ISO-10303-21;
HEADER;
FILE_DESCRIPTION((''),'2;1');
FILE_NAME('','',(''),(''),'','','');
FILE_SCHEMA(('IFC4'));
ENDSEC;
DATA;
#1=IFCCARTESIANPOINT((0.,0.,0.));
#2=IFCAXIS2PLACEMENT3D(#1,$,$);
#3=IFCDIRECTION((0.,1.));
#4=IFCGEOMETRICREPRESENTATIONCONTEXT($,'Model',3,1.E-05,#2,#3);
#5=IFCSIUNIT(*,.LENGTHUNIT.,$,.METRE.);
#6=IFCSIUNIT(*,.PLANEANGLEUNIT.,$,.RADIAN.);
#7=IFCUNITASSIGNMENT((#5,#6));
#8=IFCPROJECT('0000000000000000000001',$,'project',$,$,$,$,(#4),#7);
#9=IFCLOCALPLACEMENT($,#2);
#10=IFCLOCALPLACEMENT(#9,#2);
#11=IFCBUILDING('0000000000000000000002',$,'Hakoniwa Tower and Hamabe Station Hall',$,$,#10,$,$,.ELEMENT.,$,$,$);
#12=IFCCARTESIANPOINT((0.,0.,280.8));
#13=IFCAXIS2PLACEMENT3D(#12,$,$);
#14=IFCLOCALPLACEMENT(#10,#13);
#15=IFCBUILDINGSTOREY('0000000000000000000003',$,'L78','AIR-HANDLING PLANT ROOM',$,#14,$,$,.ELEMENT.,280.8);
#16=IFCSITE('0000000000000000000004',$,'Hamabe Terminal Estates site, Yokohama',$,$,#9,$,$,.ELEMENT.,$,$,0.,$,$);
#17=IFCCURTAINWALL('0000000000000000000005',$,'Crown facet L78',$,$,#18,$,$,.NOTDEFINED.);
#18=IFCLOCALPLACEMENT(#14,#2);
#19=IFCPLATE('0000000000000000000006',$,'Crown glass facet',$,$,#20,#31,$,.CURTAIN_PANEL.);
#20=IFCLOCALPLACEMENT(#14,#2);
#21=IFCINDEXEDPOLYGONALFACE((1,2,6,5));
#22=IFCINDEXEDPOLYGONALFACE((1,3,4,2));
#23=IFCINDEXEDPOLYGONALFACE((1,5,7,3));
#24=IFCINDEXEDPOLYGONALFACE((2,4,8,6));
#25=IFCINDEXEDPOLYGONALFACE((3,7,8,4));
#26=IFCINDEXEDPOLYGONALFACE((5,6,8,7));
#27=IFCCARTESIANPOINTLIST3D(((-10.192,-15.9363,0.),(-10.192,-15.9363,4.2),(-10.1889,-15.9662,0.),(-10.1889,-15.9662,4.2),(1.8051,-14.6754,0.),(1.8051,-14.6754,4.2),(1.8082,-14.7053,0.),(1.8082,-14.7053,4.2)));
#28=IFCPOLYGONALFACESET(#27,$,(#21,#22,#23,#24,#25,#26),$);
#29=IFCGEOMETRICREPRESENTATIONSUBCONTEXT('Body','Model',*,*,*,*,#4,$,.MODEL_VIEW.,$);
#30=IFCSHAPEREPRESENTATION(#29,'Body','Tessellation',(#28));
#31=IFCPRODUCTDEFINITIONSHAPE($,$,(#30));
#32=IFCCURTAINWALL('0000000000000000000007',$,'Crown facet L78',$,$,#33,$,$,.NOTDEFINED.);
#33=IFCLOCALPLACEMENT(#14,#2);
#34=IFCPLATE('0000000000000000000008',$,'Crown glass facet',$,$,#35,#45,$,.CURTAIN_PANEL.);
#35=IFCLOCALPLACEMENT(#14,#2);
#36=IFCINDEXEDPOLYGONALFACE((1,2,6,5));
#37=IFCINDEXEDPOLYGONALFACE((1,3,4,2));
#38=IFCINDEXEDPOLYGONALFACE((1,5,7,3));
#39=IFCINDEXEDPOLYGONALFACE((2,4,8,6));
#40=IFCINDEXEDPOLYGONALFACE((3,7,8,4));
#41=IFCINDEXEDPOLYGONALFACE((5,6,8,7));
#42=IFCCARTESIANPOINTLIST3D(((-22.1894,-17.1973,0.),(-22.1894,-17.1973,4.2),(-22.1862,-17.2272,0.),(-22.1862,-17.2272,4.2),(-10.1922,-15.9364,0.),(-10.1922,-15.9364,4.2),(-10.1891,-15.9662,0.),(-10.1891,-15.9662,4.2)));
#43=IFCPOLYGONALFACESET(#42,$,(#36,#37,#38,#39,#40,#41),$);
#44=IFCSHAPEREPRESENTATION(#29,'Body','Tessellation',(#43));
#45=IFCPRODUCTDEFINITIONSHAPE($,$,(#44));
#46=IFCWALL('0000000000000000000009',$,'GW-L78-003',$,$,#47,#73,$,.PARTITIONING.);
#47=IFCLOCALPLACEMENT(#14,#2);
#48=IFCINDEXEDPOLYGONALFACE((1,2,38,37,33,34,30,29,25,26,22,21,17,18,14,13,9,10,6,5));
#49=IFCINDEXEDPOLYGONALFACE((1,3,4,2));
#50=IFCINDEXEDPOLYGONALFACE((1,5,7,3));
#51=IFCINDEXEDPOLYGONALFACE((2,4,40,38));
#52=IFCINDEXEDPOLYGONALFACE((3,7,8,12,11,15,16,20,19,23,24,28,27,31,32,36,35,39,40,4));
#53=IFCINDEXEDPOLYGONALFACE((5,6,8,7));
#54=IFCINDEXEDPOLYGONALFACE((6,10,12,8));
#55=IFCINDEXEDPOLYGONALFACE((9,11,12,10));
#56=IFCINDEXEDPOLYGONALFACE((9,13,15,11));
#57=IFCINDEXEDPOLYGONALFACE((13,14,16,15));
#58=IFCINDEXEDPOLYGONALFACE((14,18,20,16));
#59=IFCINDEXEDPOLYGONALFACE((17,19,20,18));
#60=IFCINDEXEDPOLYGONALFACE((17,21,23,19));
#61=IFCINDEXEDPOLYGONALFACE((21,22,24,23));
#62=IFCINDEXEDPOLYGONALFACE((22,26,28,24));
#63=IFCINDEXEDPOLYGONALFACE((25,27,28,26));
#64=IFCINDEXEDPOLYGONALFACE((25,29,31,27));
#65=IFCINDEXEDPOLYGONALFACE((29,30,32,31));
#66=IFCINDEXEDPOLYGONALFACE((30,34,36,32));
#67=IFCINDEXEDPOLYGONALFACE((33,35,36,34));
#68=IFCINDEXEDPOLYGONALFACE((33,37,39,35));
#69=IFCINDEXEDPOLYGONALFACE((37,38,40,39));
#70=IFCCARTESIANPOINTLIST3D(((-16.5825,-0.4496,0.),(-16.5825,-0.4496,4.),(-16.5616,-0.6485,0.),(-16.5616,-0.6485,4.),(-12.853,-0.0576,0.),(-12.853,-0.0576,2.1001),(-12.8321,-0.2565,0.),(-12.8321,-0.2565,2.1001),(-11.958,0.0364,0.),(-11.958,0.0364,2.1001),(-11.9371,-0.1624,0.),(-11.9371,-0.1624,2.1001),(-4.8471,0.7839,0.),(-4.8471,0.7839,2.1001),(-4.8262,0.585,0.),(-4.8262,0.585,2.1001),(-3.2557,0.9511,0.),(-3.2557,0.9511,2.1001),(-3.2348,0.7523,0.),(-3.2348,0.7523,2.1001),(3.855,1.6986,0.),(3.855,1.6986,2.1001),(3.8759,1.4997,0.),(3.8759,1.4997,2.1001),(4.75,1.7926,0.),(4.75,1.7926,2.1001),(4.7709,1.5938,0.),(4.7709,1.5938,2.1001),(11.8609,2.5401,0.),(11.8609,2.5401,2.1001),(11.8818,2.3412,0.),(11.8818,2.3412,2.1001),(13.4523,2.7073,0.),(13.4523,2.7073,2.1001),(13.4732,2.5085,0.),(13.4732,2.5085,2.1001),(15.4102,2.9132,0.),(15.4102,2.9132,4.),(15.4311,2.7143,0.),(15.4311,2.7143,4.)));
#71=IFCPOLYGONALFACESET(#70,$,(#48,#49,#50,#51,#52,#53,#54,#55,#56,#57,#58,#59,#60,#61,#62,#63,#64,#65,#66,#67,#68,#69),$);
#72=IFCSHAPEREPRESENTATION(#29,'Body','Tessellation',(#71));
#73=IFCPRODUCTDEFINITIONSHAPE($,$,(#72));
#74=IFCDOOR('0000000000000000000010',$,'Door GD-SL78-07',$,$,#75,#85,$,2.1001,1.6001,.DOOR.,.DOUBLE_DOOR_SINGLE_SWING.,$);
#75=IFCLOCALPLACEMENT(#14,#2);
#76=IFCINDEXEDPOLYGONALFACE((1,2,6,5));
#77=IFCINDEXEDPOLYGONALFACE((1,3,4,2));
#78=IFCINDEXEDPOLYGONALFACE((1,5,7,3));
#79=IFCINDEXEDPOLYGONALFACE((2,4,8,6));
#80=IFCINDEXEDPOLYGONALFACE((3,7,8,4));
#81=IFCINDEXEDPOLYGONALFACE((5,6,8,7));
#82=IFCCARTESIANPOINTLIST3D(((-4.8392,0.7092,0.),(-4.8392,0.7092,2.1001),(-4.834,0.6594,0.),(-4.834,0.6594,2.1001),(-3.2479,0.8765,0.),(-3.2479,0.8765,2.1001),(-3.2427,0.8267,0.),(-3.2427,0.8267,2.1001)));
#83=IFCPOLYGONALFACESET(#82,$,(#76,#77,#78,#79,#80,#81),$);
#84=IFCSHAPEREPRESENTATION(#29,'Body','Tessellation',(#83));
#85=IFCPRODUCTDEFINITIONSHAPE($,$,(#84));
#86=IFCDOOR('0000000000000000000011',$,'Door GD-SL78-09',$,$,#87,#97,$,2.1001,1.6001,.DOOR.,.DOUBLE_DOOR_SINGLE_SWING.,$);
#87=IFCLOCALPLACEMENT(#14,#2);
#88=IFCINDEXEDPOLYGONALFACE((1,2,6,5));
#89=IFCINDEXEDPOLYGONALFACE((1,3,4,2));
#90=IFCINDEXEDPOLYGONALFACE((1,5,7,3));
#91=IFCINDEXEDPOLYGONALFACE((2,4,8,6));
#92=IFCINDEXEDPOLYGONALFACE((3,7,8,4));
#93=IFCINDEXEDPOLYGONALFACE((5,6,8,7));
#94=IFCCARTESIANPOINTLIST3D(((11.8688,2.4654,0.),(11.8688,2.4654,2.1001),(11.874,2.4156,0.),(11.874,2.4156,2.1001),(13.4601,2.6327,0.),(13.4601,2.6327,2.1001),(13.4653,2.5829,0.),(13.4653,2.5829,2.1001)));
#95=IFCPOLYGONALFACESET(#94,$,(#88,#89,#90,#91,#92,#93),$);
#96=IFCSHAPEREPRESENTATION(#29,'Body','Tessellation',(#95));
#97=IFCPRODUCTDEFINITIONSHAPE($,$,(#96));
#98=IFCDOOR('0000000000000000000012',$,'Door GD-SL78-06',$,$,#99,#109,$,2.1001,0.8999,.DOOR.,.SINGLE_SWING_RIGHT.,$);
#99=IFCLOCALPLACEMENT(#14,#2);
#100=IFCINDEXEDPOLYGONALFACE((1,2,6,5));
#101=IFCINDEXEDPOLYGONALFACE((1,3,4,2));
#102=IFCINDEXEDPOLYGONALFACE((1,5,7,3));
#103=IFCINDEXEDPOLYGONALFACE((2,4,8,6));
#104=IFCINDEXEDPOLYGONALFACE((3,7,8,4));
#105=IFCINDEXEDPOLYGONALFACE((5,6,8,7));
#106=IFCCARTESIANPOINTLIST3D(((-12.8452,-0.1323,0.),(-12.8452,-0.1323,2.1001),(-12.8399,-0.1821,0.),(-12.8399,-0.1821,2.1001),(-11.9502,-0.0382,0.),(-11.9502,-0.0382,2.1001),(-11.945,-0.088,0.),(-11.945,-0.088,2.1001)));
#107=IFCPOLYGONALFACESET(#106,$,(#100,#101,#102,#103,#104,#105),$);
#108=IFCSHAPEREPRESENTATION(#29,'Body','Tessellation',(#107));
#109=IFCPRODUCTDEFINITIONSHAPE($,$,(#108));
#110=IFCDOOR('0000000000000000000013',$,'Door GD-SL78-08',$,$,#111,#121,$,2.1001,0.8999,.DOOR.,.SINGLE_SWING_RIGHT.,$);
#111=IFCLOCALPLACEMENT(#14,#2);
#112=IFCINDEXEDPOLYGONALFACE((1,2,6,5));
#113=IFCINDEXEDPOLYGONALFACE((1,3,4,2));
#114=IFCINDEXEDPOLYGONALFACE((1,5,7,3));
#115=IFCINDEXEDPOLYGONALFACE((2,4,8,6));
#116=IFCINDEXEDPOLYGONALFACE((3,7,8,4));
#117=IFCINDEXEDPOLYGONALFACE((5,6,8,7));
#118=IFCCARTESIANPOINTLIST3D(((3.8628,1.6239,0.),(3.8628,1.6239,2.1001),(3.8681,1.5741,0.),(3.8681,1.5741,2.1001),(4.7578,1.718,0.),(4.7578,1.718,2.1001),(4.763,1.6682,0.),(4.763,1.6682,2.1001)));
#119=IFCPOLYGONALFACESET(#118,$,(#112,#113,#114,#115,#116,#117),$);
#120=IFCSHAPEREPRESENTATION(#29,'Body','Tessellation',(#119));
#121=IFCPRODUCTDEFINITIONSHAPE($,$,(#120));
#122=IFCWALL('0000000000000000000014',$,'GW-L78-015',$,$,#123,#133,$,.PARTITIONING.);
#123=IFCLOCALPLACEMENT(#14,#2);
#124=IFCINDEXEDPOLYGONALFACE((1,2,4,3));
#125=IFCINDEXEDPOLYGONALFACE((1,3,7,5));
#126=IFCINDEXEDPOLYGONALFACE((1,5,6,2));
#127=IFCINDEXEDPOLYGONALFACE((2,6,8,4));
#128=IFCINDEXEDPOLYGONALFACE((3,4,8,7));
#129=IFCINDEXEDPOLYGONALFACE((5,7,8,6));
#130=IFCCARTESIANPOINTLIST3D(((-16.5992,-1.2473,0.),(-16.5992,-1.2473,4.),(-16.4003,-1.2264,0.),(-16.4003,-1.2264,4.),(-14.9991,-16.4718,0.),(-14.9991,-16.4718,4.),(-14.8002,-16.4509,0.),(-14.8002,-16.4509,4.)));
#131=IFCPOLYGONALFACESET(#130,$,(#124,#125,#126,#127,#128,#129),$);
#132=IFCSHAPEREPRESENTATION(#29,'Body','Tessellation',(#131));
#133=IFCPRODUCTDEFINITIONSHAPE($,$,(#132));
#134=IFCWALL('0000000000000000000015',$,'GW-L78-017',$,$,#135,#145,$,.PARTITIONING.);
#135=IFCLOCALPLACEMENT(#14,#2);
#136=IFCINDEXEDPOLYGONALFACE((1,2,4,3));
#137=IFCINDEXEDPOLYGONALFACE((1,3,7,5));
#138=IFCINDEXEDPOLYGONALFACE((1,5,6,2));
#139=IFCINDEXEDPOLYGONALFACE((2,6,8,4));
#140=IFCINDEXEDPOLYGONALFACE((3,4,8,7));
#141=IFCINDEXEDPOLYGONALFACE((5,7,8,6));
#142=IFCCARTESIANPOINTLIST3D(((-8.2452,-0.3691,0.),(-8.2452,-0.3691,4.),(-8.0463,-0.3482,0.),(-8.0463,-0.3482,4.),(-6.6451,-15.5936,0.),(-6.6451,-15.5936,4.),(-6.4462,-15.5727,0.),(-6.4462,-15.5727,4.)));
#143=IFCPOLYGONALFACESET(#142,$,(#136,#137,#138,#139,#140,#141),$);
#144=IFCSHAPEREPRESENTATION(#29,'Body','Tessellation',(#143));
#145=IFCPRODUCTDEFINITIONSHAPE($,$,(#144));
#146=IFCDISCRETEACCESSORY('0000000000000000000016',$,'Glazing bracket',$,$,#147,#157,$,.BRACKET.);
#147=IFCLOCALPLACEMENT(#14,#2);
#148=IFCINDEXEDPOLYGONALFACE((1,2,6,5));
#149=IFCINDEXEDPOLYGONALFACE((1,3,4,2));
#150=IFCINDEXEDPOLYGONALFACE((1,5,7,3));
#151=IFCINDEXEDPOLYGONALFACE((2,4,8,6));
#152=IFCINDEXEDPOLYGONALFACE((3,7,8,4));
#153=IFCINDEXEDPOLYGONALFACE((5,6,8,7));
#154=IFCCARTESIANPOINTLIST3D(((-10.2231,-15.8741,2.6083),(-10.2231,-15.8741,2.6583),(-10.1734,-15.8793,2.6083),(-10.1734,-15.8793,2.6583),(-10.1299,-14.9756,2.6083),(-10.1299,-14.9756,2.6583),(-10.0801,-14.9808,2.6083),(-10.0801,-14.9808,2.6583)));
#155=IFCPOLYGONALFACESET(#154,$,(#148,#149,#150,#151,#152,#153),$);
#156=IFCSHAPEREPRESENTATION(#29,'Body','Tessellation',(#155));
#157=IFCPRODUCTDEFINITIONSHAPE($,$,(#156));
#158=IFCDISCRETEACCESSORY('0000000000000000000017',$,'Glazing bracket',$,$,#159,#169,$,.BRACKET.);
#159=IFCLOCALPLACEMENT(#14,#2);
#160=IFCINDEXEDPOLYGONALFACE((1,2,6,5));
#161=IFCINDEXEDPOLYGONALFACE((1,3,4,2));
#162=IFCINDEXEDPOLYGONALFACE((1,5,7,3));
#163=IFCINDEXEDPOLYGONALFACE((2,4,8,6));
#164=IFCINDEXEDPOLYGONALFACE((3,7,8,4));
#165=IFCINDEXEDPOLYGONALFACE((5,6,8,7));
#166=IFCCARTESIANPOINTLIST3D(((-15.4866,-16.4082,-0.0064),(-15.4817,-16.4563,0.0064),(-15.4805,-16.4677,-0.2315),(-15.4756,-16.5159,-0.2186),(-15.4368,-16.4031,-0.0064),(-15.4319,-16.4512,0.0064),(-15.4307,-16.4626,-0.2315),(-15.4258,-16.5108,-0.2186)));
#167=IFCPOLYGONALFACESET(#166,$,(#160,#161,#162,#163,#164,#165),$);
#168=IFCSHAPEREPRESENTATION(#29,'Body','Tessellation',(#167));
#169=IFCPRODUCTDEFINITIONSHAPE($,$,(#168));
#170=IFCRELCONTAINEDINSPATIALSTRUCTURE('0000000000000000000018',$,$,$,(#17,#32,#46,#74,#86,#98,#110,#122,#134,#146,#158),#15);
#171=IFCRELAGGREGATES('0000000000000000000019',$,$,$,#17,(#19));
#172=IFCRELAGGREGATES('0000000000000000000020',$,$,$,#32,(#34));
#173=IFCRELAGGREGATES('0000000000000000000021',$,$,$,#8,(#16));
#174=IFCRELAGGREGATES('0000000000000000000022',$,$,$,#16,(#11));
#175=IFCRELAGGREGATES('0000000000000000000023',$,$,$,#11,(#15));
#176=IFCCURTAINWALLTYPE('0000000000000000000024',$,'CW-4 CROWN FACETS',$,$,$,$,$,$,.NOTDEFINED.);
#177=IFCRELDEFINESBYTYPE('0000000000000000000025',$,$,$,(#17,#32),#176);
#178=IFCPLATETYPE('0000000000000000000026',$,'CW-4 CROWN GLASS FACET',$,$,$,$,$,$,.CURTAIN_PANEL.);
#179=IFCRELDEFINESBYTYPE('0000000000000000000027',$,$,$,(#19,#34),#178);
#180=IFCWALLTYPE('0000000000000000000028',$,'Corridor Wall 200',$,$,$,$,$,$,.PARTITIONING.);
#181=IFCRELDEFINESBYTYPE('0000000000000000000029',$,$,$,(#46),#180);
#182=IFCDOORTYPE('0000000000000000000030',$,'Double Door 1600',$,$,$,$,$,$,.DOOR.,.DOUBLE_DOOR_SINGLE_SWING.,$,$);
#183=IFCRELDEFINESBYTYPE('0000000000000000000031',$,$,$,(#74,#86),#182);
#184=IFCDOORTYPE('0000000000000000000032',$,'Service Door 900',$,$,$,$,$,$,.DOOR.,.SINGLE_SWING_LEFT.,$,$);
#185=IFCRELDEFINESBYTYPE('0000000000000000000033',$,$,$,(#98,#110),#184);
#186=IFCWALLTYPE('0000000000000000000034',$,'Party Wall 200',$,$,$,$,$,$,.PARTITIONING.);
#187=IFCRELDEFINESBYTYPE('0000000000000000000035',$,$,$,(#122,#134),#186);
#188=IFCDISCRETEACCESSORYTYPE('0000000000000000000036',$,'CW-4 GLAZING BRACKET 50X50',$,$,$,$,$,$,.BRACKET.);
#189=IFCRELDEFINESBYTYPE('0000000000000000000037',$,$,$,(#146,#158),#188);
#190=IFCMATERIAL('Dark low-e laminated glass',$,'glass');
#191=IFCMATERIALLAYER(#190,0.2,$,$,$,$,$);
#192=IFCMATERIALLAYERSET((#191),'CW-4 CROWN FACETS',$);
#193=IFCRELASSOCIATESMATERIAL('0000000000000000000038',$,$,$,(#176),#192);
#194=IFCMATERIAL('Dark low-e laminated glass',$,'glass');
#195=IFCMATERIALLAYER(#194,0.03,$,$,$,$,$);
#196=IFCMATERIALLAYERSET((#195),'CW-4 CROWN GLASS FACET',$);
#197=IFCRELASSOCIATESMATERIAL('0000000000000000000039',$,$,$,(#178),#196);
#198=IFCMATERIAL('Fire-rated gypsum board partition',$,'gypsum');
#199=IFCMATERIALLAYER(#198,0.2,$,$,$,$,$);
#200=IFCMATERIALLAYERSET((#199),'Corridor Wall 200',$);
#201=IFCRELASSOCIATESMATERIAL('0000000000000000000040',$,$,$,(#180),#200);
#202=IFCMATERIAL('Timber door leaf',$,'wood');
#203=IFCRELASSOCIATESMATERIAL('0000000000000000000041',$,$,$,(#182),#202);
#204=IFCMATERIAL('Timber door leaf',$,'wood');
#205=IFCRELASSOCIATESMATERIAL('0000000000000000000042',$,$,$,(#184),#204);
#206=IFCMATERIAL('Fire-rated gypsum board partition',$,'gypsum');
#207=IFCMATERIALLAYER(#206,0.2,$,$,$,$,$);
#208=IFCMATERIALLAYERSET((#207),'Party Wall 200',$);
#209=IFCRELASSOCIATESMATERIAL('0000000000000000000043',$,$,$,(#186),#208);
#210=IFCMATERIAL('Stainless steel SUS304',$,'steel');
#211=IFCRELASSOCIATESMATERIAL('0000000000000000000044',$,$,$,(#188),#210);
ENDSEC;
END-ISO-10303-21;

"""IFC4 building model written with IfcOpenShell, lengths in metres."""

from ifc_helpers import new_model, si_unit, direction, frame, frame_2d, origin, origin_2d, place, context, subcontext, project, spatial, rectangle, extrude, material, layer, layer_set, material_profile, profile_set, type_object, element, fill, aggregate, save


model = new_model("IFC4")

# Units and contexts
model_context = context("Model", 3, precision=1e-05, world=origin(), true_north=direction((0.0, 1.0)))
body_context = subcontext(model_context, "Body", "Model", "MODEL_VIEW")
ifc_project = project(units=[si_unit("LENGTHUNIT", "METRE"), si_unit("PLANEANGLEUNIT", "RADIAN")], contexts=[model_context])

# Site, building, storey
site_placement = place(None, origin())
site = spatial("IfcSite", under=ifc_project, at=site_placement, Name="Hamabe Terminal Estates site, Yokohama", CompositionType="ELEMENT", RefElevation=0.0)
building_placement = place(site_placement, origin())
building = spatial("IfcBuilding", under=site, at=building_placement, Name="Hakoniwa Tower and Hamabe Station Hall", CompositionType="ELEMENT")
storey_placement = place(building_placement, frame((0.0, 0.0, 280.8)))
storey = spatial("IfcBuildingStorey", under=building, at=storey_placement, Name="L78", Description="AIR-HANDLING PLANT ROOM", CompositionType="ELEMENT", Elevation=280.8)

# Curtain walls, plates
ifc_material_1 = material(Name="Dark low-e laminated glass", Category="glass")
ifc_layer_1 = layer(ifc_material_1, 0.2)
ifc_layer_set_1 = layer_set([ifc_layer_1], Name="CW-4 CROWN FACETS")
curtain_wall_type = type_object("IfcCurtainWallType", Name="CW-4 CROWN FACETS", PredefinedType="NOTDEFINED", material=ifc_layer_set_1)
curtain_wall_1_placement = place(storey_placement, origin())
curtain_wall_1 = element("IfcCurtainWall", 1, at=curtain_wall_1_placement, inside=storey, type_object=curtain_wall_type, Name="Crown facet L78", PredefinedType="NOTDEFINED")
ifc_material_2 = material(Name="Dark low-e laminated glass", Category="glass")
ifc_layer_2 = layer(ifc_material_2, 0.03)
ifc_layer_set_2 = layer_set([ifc_layer_2], Name="CW-4 CROWN GLASS FACET")
plate_type = type_object("IfcPlateType", Name="CW-4 CROWN GLASS FACET", PredefinedType="CURTAIN_PANEL", material=ifc_layer_set_2)
plate_1_placement = place(storey_placement, frame((-4.1919, -15.3208, 0.0), z_axis=(0.0, 0.0, 1.0), x_axis=(0.994522, 0.104528, 0.0)))
plate_1 = element("IfcPlate", 2, at=plate_1_placement, type_object=plate_type, Name="Crown glass facet", PredefinedType="CURTAIN_PANEL", context=body_context, shape_type="SweptSolid", body=[
    extrude(rectangle(XDim=12.0632, YDim=0.03, at=origin_2d()), origin(), (0.0, 0.0, 1.0), 4.2),
])
aggregate(curtain_wall_1, [plate_1])
curtain_wall_2_placement = place(storey_placement, origin())
curtain_wall_2 = element("IfcCurtainWall", 3, at=curtain_wall_2_placement, inside=storey, type_object=curtain_wall_type, Name="Crown facet L78", PredefinedType="NOTDEFINED")
plate_2_placement = place(storey_placement, frame((-16.1892, -16.5818, 0.0), z_axis=(0.0, 0.0, 1.0), x_axis=(0.994522, 0.104528, 0.0)))
plate_2 = element("IfcPlate", 4, at=plate_2_placement, type_object=plate_type, Name="Crown glass facet", PredefinedType="CURTAIN_PANEL", context=body_context, shape_type="SweptSolid", body=[
    extrude(rectangle(XDim=12.0632, YDim=0.03, at=origin_2d()), origin(), (0.0, 0.0, 1.0), 4.2),
])
aggregate(curtain_wall_2, [plate_2])

# Wall, openings, doors
ifc_material_3 = material(Name="Fire-rated gypsum board partition", Category="gypsum")
ifc_layer_3 = layer(ifc_material_3, 0.2)
ifc_layer_set_3 = layer_set([ifc_layer_3], Name="Corridor Wall 200")
wall_type_1 = type_object("IfcWallType", Name="Corridor Wall 200", PredefinedType="PARTITIONING", material=ifc_layer_set_3)
wall_placement = place(storey_placement, frame((-16.572, -0.5491, 0.0), z_axis=(0.0, 0.0, 1.0), x_axis=(0.994521, 0.104535, 0.0)))
wall = element("IfcWall", 5, at=wall_placement, inside=storey, type_object=wall_type_1, Name="GW-L78-003", PredefinedType="PARTITIONING", context=body_context, shape_type="SweptSolid", body=[
    extrude(rectangle(XDim=32.1689, YDim=0.2, at=frame_2d((16.0845, 0.0))), origin(), (0.0, 0.0, 1.0), 4.0),
])
opening_1_placement = place(wall_placement, frame((3.75, 0.0, 0.0)))
opening_1 = element("IfcOpeningElement", 6, at=opening_1_placement, cuts=wall, PredefinedType="OPENING", context=body_context, shape_type="SweptSolid", body=[
    extrude(rectangle(XDim=0.8999, YDim=2.1001, at=frame_2d((0.45, 1.05))), frame((0.0, 0.1099, 0.0), z_axis=(0.0, -1.0, 0.0), x_axis=(1.0, 0.0, 0.0)), (0.0, 0.0, 1.0), 0.22),
])
opening_2_placement = place(wall_placement, frame((11.8, 0.0, 0.0)))
opening_2 = element("IfcOpeningElement", 7, at=opening_2_placement, cuts=wall, PredefinedType="OPENING", context=body_context, shape_type="SweptSolid", body=[
    extrude(rectangle(XDim=1.6001, YDim=2.1001, at=frame_2d((0.8, 1.05))), frame((0.0, 0.1099, 0.0), z_axis=(0.0, -1.0, 0.0), x_axis=(1.0, 0.0, 0.0)), (0.0, 0.0, 1.0), 0.22),
])
opening_3_placement = place(wall_placement, frame((20.55, 0.0, 0.0)))
opening_3 = element("IfcOpeningElement", 8, at=opening_3_placement, cuts=wall, PredefinedType="OPENING", context=body_context, shape_type="SweptSolid", body=[
    extrude(rectangle(XDim=0.8999, YDim=2.1001, at=frame_2d((0.45, 1.05))), frame((0.0, 0.1099, 0.0), z_axis=(0.0, -1.0, 0.0), x_axis=(1.0, 0.0, 0.0)), (0.0, 0.0, 1.0), 0.22),
])
opening_4_placement = place(wall_placement, frame((28.6001, 0.0, 0.0)))
opening_4 = element("IfcOpeningElement", 9, at=opening_4_placement, cuts=wall, PredefinedType="OPENING", context=body_context, shape_type="SweptSolid", body=[
    extrude(rectangle(XDim=1.6001, YDim=2.1001, at=frame_2d((0.8, 1.05))), frame((0.0, 0.1099, 0.0), z_axis=(0.0, -1.0, 0.0), x_axis=(1.0, 0.0, 0.0)), (0.0, 0.0, 1.0), 0.22),
])
ifc_material_4 = material(Name="Timber door leaf", Category="wood")
door_type_1 = type_object("IfcDoorType", Name="Double Door 1600", OperationType="DOUBLE_DOOR_SINGLE_SWING", PredefinedType="DOOR", material=ifc_material_4)
door_1_placement = place(opening_2_placement, origin())
door_1 = element("IfcDoor", 10, at=door_1_placement, inside=storey, type_object=door_type_1, Name="Door GD-SL78-07", OperationType="DOUBLE_DOOR_SINGLE_SWING", OverallHeight=2.1001, OverallWidth=1.6001, PredefinedType="DOOR", context=body_context, shape_type="SweptSolid", body=[
    extrude(rectangle(XDim=1.6001, YDim=2.1001, at=frame_2d((0.8, 1.05))), frame((0.0, 0.0249, 0.0), z_axis=(0.0, -1.0, 0.0), x_axis=(1.0, 0.0, 0.0)), (0.0, 0.0, 1.0), 0.05),
])
fill(opening_2, door_1)
door_2_placement = place(opening_4_placement, origin())
door_2 = element("IfcDoor", 11, at=door_2_placement, inside=storey, type_object=door_type_1, Name="Door GD-SL78-09", OperationType="DOUBLE_DOOR_SINGLE_SWING", OverallHeight=2.1001, OverallWidth=1.6001, PredefinedType="DOOR", context=body_context, shape_type="SweptSolid", body=[
    extrude(rectangle(XDim=1.6001, YDim=2.1001, at=frame_2d((0.8, 1.05))), frame((0.0, 0.0249, 0.0), z_axis=(0.0, -1.0, 0.0), x_axis=(1.0, 0.0, 0.0)), (0.0, 0.0, 1.0), 0.05),
])
fill(opening_4, door_2)
ifc_material_5 = material(Name="Timber door leaf", Category="wood")
door_type_2 = type_object("IfcDoorType", Name="Service Door 900", OperationType="SINGLE_SWING_LEFT", PredefinedType="DOOR", material=ifc_material_5)
door_3_placement = place(opening_1_placement, origin())
door_3 = element("IfcDoor", 12, at=door_3_placement, inside=storey, type_object=door_type_2, Name="Door GD-SL78-06", OperationType="SINGLE_SWING_RIGHT", OverallHeight=2.1001, OverallWidth=0.8999, PredefinedType="DOOR", context=body_context, shape_type="SweptSolid", body=[
    extrude(rectangle(XDim=0.8999, YDim=2.1001, at=frame_2d((0.45, 1.05))), frame((0.0, 0.0249, 0.0), z_axis=(0.0, -1.0, 0.0), x_axis=(1.0, 0.0, 0.0)), (0.0, 0.0, 1.0), 0.05),
])
fill(opening_1, door_3)
door_4_placement = place(opening_3_placement, origin())
door_4 = element("IfcDoor", 13, at=door_4_placement, inside=storey, type_object=door_type_2, Name="Door GD-SL78-08", OperationType="SINGLE_SWING_RIGHT", OverallHeight=2.1001, OverallWidth=0.8999, PredefinedType="DOOR", context=body_context, shape_type="SweptSolid", body=[
    extrude(rectangle(XDim=0.8999, YDim=2.1001, at=frame_2d((0.45, 1.05))), frame((0.0, 0.0249, 0.0), z_axis=(0.0, -1.0, 0.0), x_axis=(1.0, 0.0, 0.0)), (0.0, 0.0, 1.0), 0.05),
])
fill(opening_3, door_4)

# Walls
ifc_material_6 = material(Name="Fire-rated gypsum board partition", Category="gypsum")
ifc_layer_4 = layer(ifc_material_6, 0.2)
ifc_layer_set_4 = layer_set([ifc_layer_4], Name="Party Wall 200")
wall_type_2 = type_object("IfcWallType", Name="Party Wall 200", PredefinedType="PARTITIONING", material=ifc_layer_set_4)
for number, where, z_axis, x_axis, name in (
    (14, (-14.8997, -16.4614, 0.0), (0.0, 0.0, 1.0), (-0.104524, 0.994522, 0.0), "GW-L78-015"),
    (15, (-6.5457, -15.5833, 0.0), (0.0, 0.0, 1.0), (-0.104524, 0.994522, 0.0), "GW-L78-017"),
):
    element("IfcWall", number, at=place(storey_placement, frame(where, z_axis=z_axis, x_axis=x_axis)), inside=storey, type_object=wall_type_2, Name=name, PredefinedType="PARTITIONING", context=body_context, shape_type="SweptSolid", body=[
        extrude(rectangle(XDim=15.3083, YDim=0.2, at=frame_2d((7.6543, 0.0))), origin(), (0.0, 0.0, 1.0), 4.0),
    ])

# Discrete accessories
ifc_material_7 = material(Name="Stainless steel SUS304", Category="steel")
ifc_material_profile_1 = material_profile(ifc_material_7, rectangle(XDim=0.05, YDim=0.05, at=origin_2d()), Name="CW-4 GLAZING BRACKET 50X50")
ifc_profile_set_1 = profile_set([ifc_material_profile_1], Name="Stainless steel SUS304")
discrete_accessory_type = type_object("IfcDiscreteAccessoryType", Name="CW-4 GLAZING BRACKET 50X50", PredefinedType="BRACKET", material=ifc_profile_set_1)
discrete_accessory_placement = place(storey_placement, frame((-10.1982, -15.8767, 2.6333), z_axis=(0.10325, 0.994655, 0.0), x_axis=(-0.994655, 0.10325, 0.0)))
element("IfcDiscreteAccessory", 16, at=discrete_accessory_placement, inside=storey, type_object=discrete_accessory_type, Name="Glazing bracket", PredefinedType="BRACKET", context=body_context, shape_type="SweptSolid", body=[
    extrude(rectangle(XDim=0.05, YDim=0.05, at=origin_2d()), origin(), (0.0, 0.0, 1.0), 0.9033),
])
for number, where, z_axis, x_axis, name in (
    (17, (-15.4592, -16.4297, 0.0), (0.026204, -0.255747, -0.966389), (0.994792, 0.101925, 0.0), "Glazing bracket"),
):
    element("IfcDiscreteAccessory", number, at=place(storey_placement, frame(where, z_axis=z_axis, x_axis=x_axis)), inside=storey, type_object=discrete_accessory_type, Name=name, PredefinedType="BRACKET", context=body_context, shape_type="SweptSolid", body=[
        extrude(rectangle(XDim=0.05, YDim=0.05, at=origin_2d()), origin(), (0.0, 0.0, 1.0), 0.2329),
    ])

save(model, "model.ifc")
